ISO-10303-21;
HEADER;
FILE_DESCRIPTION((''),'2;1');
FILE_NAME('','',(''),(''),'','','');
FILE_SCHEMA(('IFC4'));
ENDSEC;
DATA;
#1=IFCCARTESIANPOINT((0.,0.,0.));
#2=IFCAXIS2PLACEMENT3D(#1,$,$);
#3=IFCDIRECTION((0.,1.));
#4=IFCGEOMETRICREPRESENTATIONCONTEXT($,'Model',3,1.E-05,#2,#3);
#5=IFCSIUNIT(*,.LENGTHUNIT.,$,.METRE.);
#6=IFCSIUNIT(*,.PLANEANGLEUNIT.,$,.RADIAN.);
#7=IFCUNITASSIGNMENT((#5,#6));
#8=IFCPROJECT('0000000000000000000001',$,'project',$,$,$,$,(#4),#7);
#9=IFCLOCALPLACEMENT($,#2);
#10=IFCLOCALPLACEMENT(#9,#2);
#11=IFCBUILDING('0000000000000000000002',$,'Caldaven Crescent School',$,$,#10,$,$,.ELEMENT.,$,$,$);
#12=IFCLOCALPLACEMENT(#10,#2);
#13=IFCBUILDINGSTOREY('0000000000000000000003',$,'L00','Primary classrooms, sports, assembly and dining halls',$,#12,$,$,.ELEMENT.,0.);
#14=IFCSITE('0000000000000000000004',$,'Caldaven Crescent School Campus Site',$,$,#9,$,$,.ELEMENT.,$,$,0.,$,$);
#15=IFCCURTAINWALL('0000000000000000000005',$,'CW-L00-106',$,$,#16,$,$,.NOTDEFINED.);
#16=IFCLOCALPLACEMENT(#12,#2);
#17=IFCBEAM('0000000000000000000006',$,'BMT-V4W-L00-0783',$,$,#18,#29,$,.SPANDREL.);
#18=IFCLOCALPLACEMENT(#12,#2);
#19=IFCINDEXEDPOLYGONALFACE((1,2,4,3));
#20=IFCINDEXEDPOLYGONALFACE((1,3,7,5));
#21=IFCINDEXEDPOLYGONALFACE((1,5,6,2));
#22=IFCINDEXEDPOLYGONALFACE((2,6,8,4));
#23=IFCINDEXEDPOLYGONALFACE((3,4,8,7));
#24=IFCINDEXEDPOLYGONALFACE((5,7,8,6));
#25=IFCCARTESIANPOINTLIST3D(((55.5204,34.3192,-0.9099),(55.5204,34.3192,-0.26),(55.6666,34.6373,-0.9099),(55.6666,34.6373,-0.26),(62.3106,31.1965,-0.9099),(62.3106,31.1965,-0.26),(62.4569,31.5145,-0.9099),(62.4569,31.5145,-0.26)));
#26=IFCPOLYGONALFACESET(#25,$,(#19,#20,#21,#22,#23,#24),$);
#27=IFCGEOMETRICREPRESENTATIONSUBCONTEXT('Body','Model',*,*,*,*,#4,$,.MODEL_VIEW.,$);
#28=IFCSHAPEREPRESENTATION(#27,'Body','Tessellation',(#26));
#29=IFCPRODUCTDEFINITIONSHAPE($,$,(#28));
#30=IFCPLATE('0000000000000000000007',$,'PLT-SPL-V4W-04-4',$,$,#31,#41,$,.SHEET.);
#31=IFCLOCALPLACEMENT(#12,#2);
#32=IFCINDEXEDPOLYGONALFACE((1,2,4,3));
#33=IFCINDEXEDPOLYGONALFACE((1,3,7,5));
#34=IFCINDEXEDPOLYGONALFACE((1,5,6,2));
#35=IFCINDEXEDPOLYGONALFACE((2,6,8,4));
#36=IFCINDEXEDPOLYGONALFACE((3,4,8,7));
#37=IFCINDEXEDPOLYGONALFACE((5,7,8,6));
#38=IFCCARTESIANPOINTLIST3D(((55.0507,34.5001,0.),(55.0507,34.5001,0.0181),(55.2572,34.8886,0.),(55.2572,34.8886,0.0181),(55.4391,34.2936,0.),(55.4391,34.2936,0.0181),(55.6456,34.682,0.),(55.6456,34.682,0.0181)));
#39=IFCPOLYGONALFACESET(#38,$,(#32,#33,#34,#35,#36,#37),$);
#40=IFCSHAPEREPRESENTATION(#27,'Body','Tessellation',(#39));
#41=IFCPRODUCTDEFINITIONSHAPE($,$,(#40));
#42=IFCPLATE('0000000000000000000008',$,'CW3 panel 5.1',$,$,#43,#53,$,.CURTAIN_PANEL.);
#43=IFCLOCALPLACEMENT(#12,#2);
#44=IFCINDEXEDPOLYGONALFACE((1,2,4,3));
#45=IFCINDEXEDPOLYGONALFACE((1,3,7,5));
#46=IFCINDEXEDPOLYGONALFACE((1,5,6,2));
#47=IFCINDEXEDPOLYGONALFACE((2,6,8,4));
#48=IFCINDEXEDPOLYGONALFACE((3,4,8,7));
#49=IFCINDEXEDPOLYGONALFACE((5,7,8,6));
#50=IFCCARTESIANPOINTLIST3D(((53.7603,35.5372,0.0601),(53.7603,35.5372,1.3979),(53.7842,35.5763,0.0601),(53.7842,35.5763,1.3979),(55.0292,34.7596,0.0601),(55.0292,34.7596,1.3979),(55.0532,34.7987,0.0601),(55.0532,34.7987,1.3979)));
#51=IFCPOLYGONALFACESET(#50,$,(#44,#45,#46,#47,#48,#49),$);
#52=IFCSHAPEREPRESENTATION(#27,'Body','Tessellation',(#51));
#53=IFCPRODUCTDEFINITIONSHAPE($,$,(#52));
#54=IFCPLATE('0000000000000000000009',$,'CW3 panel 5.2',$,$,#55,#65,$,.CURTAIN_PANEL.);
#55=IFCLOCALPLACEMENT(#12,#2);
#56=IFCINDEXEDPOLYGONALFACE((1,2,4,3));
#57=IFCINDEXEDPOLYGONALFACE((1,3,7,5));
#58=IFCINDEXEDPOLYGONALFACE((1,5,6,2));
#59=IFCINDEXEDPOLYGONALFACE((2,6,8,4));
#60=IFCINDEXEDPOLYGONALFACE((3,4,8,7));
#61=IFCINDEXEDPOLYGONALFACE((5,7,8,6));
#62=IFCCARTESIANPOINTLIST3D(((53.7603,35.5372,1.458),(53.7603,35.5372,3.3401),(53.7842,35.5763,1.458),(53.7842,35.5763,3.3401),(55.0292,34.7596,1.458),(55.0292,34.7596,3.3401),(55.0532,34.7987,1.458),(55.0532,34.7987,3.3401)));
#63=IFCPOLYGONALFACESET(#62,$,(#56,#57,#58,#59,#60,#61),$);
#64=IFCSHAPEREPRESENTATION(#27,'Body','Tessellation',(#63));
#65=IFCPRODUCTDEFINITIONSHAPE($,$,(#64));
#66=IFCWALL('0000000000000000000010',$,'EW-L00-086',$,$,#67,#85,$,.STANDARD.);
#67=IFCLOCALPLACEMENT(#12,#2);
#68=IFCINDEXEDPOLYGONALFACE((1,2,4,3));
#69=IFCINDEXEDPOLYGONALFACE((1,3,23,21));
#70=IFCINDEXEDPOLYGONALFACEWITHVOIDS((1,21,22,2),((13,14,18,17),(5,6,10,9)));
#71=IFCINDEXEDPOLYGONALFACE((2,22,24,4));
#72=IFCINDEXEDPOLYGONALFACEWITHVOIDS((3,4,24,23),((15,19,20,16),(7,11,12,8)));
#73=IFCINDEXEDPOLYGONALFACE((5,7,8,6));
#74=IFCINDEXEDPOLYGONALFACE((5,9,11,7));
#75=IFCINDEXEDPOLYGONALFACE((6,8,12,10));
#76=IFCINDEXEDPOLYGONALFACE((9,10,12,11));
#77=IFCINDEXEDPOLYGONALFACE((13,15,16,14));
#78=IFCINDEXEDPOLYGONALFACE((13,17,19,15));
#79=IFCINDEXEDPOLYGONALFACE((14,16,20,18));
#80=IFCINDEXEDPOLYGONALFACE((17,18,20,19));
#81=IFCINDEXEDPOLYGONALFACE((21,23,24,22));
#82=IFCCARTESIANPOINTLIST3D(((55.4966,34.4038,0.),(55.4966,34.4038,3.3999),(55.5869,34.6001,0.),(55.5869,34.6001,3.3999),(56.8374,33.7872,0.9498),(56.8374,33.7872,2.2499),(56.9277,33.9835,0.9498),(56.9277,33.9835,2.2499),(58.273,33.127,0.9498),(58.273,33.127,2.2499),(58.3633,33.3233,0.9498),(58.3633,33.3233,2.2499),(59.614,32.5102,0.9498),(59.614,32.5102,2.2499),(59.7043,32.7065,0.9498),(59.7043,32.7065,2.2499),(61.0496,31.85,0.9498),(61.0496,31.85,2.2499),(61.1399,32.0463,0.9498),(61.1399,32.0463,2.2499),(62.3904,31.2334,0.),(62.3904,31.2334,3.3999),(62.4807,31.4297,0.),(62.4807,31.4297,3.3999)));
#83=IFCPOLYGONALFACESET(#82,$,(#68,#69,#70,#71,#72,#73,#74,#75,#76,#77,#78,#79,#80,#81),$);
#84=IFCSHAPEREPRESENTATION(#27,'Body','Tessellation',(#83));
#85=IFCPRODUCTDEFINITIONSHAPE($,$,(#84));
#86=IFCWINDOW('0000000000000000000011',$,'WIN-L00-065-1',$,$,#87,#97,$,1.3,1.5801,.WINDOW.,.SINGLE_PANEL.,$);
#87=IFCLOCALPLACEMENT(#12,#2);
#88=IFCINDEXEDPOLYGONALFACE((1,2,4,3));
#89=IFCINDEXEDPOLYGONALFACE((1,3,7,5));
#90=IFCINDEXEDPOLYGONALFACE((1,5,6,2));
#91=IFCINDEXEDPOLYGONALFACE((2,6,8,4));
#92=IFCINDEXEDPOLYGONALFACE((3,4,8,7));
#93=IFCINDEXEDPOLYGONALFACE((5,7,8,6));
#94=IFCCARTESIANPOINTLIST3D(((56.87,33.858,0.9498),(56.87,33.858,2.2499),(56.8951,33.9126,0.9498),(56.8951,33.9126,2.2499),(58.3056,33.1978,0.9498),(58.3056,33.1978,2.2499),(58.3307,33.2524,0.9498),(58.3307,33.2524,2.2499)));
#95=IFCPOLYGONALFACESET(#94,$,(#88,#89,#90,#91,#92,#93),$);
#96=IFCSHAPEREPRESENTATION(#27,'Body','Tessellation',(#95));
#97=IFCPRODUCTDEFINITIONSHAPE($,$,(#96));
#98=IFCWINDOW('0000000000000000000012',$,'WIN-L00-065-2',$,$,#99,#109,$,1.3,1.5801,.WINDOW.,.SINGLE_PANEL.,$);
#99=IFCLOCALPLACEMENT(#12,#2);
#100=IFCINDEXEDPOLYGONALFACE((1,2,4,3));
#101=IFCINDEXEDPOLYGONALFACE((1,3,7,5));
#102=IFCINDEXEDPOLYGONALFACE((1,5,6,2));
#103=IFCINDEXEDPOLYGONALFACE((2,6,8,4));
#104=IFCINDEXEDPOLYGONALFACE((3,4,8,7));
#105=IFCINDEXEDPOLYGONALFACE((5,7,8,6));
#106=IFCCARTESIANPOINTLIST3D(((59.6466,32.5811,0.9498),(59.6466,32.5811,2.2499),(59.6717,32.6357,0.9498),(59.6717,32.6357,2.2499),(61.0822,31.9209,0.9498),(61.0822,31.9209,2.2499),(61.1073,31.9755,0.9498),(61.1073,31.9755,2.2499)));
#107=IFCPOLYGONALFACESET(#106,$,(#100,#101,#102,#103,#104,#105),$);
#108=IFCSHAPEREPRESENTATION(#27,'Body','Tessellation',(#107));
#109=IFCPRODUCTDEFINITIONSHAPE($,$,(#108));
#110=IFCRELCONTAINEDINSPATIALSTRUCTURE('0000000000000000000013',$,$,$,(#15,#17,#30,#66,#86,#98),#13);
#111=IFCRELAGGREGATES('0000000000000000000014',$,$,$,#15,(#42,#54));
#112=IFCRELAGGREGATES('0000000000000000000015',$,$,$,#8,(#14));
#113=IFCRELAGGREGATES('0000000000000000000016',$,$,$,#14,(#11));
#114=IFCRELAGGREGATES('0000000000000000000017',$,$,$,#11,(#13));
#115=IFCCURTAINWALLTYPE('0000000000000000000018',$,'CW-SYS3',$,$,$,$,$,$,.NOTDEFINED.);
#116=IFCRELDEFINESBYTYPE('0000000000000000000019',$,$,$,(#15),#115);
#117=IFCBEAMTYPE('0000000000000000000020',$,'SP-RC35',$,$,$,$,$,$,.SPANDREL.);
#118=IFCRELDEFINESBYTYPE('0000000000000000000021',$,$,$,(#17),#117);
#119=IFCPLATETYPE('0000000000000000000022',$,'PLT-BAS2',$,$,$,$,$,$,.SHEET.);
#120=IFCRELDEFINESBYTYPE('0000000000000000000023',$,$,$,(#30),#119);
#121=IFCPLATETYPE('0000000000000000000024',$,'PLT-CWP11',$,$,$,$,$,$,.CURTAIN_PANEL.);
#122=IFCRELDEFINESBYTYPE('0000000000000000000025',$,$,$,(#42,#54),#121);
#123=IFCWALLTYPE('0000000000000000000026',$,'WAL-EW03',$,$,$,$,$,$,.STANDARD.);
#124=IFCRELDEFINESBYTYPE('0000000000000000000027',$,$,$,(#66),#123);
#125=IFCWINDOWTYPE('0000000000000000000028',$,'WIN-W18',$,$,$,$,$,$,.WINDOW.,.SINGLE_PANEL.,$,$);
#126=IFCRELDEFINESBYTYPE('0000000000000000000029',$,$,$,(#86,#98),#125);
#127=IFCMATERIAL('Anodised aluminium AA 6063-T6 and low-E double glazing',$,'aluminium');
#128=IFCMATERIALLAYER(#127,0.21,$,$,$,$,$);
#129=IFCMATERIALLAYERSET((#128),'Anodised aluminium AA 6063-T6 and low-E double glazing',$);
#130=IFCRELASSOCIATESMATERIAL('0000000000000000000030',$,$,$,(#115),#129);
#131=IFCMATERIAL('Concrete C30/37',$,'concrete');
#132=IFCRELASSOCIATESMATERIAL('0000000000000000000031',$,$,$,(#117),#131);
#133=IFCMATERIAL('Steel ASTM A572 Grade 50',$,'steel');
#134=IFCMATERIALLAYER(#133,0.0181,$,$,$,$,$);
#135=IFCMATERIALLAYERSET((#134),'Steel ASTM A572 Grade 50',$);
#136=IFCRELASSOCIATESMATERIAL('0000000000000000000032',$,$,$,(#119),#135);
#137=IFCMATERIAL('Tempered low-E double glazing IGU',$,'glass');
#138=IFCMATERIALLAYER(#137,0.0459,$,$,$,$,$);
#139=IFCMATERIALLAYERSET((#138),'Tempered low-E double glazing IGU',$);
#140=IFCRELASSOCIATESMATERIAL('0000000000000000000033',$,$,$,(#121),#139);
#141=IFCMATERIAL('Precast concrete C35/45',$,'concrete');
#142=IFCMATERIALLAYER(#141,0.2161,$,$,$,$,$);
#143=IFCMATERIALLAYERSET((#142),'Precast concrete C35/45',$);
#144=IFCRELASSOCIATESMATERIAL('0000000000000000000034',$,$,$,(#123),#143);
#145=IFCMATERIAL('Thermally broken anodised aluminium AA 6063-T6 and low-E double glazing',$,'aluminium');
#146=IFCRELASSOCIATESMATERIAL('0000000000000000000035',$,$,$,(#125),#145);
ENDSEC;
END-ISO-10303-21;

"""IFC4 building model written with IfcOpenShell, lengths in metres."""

from ifc_helpers import new_model, si_unit, direction, frame, frame_2d, origin, origin_2d, place, context, subcontext, project, spatial, rectangle, extrude, material, layer, layer_set, material_profile, profile_set, type_object, element, fill, aggregate, save


model = new_model("IFC4")

# Units and contexts
model_context = context("Model", 3, precision=1e-05, world=origin(), true_north=direction((0.0, 1.0)))
body_context = subcontext(model_context, "Body", "Model", "MODEL_VIEW")
ifc_project = project(units=[si_unit("LENGTHUNIT", "METRE"), si_unit("PLANEANGLEUNIT", "RADIAN")], contexts=[model_context])

# Site, building, storey
site_placement = place(None, origin())
site = spatial("IfcSite", under=ifc_project, at=site_placement, Name="Caldaven Crescent School Campus Site", CompositionType="ELEMENT", RefElevation=0.0)
building_placement = place(site_placement, origin())
building = spatial("IfcBuilding", under=site, at=building_placement, Name="Caldaven Crescent School", CompositionType="ELEMENT")
storey_placement = place(building_placement, origin())
storey = spatial("IfcBuildingStorey", under=building, at=storey_placement, Name="L00", Description="Primary classrooms, sports, assembly and dining halls", CompositionType="ELEMENT", Elevation=0.0)

# Shared definitions
ifc_material_1 = material(Name="Steel ASTM A572 Grade 50", Category="steel")

# Shared definitions
ifc_material_2 = material(Name="Concrete C30/37", Category="concrete")

# Curtain wall
ifc_material_3 = material(Name="Anodised aluminium AA 6063-T6 and low-E double glazing", Category="aluminium")
ifc_layer_1 = layer(ifc_material_3, 0.21)
ifc_layer_set_1 = layer_set([ifc_layer_1], Name="Anodised aluminium AA 6063-T6 and low-E double glazing")
curtain_wall_type = type_object("IfcCurtainWallType", Name="CW-SYS3", PredefinedType="NOTDEFINED", material=ifc_layer_set_1)
curtain_wall_placement = place(storey_placement, origin())
curtain_wall = element("IfcCurtainWall", 1, at=curtain_wall_placement, inside=storey, type_object=curtain_wall_type, Name="CW-L00-106", PredefinedType="NOTDEFINED")

# Beam
ifc_material_profile_1 = material_profile(ifc_material_2, rectangle(XDim=0.3501, YDim=0.6499, at=origin_2d()), Name="RC 350x650")
ifc_profile_set_1 = profile_set([ifc_material_profile_1], Name="Concrete C30/37")
beam_type_1 = type_object("IfcBeamType", Name="SP-RC35", PredefinedType="SPANDREL", material=ifc_profile_set_1)
beam_1_placement = place(storey_placement, frame((55.5935, 34.4783, -0.585), z_axis=(0.908527, -0.417825, 0.0), x_axis=(0.417825, 0.908527, 0.0)))
element("IfcBeam", 2, at=beam_1_placement, inside=storey, type_object=beam_type_1, Name="BMT-V4W-L00-0783", PredefinedType="SPANDREL", context=body_context, shape_type="SweptSolid", body=[
    extrude(rectangle(XDim=0.3501, YDim=0.6499, at=origin_2d()), origin(), (0.0, 0.0, 1.0), 7.4739),
])

# Plates
ifc_layer_2 = layer(ifc_material_1, 0.0181)
ifc_layer_set_2 = layer_set([ifc_layer_2], Name="Steel ASTM A572 Grade 50")
plate_type_1 = type_object("IfcPlateType", Name="PLT-BAS2", PredefinedType="SHEET", material=ifc_layer_set_2)
plate_1_placement = place(storey_placement, frame((55.3481, 34.5911, 0.0), z_axis=(0.0, 0.0, 1.0), x_axis=(-0.469472, -0.882948, 0.0)))
element("IfcPlate", 3, at=plate_1_placement, inside=storey, type_object=plate_type_1, Name="PLT-SPL-V4W-04-4", PredefinedType="SHEET", context=body_context, shape_type="SweptSolid", body=[
    extrude(rectangle(XDim=0.4399, YDim=0.4399, at=origin_2d()), origin(), (0.0, 0.0, 1.0), 0.0181),
])
ifc_material_4 = material(Name="Tempered low-E double glazing IGU", Category="glass")
ifc_layer_3 = layer(ifc_material_4, 0.0459)
ifc_layer_set_3 = layer_set([ifc_layer_3], Name="Tempered low-E double glazing IGU")
plate_type_2 = type_object("IfcPlateType", Name="PLT-CWP11", PredefinedType="CURTAIN_PANEL", material=ifc_layer_set_3)
plate_2_placement = place(storey_placement, frame((54.4067, 35.168, 0.0601), z_axis=(0.0, 0.0, 1.0), x_axis=(0.85264, -0.522499, 0.0)))
plate_2 = element("IfcPlate", 4, at=plate_2_placement, type_object=plate_type_2, Name="CW3 panel 5.1", PredefinedType="CURTAIN_PANEL", context=body_context, shape_type="SweptSolid", body=[
    extrude(rectangle(XDim=1.4883, YDim=0.0459, at=origin_2d()), origin(), (0.0, 0.0, 1.0), 1.3379),
])
plate_3_placement = place(storey_placement, frame((54.4067, 35.168, 1.458), z_axis=(0.0, 0.0, 1.0), x_axis=(0.85264, -0.522499, 0.0)))
plate_3 = element("IfcPlate", 5, at=plate_3_placement, type_object=plate_type_2, Name="CW3 panel 5.2", PredefinedType="CURTAIN_PANEL", context=body_context, shape_type="SweptSolid", body=[
    extrude(rectangle(XDim=1.4883, YDim=0.0459, at=origin_2d()), origin(), (0.0, 0.0, 1.0), 1.8821),
])
aggregate(curtain_wall, [plate_2, plate_3])

# Wall, openings, windows
ifc_material_5 = material(Name="Precast concrete C35/45", Category="concrete")
ifc_layer_4 = layer(ifc_material_5, 0.2161)
ifc_layer_set_4 = layer_set([ifc_layer_4], Name="Precast concrete C35/45")
wall_type = type_object("IfcWallType", Name="WAL-EW03", PredefinedType="STANDARD", material=ifc_layer_set_4)
wall_placement = place(storey_placement, frame((55.5417, 34.502, 0.0), z_axis=(0.0, 0.0, 1.0), x_axis=(0.908527, -0.417825, 0.0)))
wall = element("IfcWall", 6, at=wall_placement, inside=storey, type_object=wall_type, Name="EW-L00-086", PredefinedType="STANDARD", context=body_context, shape_type="SweptSolid", body=[
    extrude(rectangle(XDim=7.5879, YDim=0.2161, at=frame_2d((3.7939, 0.0))), origin(), (0.0, 0.0, 1.0), 3.3999),
])
opening_1_placement = place(wall_placement, frame((1.4758, 0.0, 0.95)))
opening_1 = element("IfcOpeningElement", 7, at=opening_1_placement, cuts=wall, PredefinedType="OPENING", context=body_context, shape_type="SweptSolid", body=[
    extrude(rectangle(XDim=1.5801, YDim=1.3, at=frame_2d((0.79, 0.6499))), frame((0.0, 0.1179, 0.0), z_axis=(0.0, -1.0, 0.0), x_axis=(1.0, 0.0, 0.0)), (0.0, 0.0, 1.0), 0.2361),
])
opening_2_placement = place(wall_placement, frame((4.532, 0.0, 0.95)))
opening_2 = element("IfcOpeningElement", 8, at=opening_2_placement, cuts=wall, PredefinedType="OPENING", context=body_context, shape_type="SweptSolid", body=[
    extrude(rectangle(XDim=1.5801, YDim=1.3, at=frame_2d((0.79, 0.6499))), frame((0.0, 0.1179, 0.0), z_axis=(0.0, -1.0, 0.0), x_axis=(1.0, 0.0, 0.0)), (0.0, 0.0, 1.0), 0.2361),
])
ifc_material_6 = material(Name="Thermally broken anodised aluminium AA 6063-T6 and low-E double glazing", Category="aluminium")
window_type = type_object("IfcWindowType", Name="WIN-W18", PartitioningType="SINGLE_PANEL", PredefinedType="WINDOW", material=ifc_material_6)
window_1_placement = place(opening_1_placement, origin())
window_1 = element("IfcWindow", 9, at=window_1_placement, inside=storey, type_object=window_type, Name="WIN-L00-065-1", OverallHeight=1.3, OverallWidth=1.5801, PartitioningType="SINGLE_PANEL", PredefinedType="WINDOW", context=body_context, shape_type="SweptSolid", body=[
    extrude(rectangle(XDim=1.5801, YDim=1.3, at=frame_2d((0.79, 0.6499))), frame((0.0, 0.03, 0.0), z_axis=(0.0, -1.0, 0.0), x_axis=(1.0, 0.0, 0.0)), (0.0, 0.0, 1.0), 0.0601),
])
fill(opening_1, window_1)
window_2_placement = place(opening_2_placement, origin())
window_2 = element("IfcWindow", 10, at=window_2_placement, inside=storey, type_object=window_type, Name="WIN-L00-065-2", OverallHeight=1.3, OverallWidth=1.5801, PartitioningType="SINGLE_PANEL", PredefinedType="WINDOW", context=body_context, shape_type="SweptSolid", body=[
    extrude(rectangle(XDim=1.5801, YDim=1.3, at=frame_2d((0.79, 0.6499))), frame((0.0, 0.03, 0.0), z_axis=(0.0, -1.0, 0.0), x_axis=(1.0, 0.0, 0.0)), (0.0, 0.0, 1.0), 0.0601),
])
fill(opening_2, window_2)

save(model, "model.ifc")
